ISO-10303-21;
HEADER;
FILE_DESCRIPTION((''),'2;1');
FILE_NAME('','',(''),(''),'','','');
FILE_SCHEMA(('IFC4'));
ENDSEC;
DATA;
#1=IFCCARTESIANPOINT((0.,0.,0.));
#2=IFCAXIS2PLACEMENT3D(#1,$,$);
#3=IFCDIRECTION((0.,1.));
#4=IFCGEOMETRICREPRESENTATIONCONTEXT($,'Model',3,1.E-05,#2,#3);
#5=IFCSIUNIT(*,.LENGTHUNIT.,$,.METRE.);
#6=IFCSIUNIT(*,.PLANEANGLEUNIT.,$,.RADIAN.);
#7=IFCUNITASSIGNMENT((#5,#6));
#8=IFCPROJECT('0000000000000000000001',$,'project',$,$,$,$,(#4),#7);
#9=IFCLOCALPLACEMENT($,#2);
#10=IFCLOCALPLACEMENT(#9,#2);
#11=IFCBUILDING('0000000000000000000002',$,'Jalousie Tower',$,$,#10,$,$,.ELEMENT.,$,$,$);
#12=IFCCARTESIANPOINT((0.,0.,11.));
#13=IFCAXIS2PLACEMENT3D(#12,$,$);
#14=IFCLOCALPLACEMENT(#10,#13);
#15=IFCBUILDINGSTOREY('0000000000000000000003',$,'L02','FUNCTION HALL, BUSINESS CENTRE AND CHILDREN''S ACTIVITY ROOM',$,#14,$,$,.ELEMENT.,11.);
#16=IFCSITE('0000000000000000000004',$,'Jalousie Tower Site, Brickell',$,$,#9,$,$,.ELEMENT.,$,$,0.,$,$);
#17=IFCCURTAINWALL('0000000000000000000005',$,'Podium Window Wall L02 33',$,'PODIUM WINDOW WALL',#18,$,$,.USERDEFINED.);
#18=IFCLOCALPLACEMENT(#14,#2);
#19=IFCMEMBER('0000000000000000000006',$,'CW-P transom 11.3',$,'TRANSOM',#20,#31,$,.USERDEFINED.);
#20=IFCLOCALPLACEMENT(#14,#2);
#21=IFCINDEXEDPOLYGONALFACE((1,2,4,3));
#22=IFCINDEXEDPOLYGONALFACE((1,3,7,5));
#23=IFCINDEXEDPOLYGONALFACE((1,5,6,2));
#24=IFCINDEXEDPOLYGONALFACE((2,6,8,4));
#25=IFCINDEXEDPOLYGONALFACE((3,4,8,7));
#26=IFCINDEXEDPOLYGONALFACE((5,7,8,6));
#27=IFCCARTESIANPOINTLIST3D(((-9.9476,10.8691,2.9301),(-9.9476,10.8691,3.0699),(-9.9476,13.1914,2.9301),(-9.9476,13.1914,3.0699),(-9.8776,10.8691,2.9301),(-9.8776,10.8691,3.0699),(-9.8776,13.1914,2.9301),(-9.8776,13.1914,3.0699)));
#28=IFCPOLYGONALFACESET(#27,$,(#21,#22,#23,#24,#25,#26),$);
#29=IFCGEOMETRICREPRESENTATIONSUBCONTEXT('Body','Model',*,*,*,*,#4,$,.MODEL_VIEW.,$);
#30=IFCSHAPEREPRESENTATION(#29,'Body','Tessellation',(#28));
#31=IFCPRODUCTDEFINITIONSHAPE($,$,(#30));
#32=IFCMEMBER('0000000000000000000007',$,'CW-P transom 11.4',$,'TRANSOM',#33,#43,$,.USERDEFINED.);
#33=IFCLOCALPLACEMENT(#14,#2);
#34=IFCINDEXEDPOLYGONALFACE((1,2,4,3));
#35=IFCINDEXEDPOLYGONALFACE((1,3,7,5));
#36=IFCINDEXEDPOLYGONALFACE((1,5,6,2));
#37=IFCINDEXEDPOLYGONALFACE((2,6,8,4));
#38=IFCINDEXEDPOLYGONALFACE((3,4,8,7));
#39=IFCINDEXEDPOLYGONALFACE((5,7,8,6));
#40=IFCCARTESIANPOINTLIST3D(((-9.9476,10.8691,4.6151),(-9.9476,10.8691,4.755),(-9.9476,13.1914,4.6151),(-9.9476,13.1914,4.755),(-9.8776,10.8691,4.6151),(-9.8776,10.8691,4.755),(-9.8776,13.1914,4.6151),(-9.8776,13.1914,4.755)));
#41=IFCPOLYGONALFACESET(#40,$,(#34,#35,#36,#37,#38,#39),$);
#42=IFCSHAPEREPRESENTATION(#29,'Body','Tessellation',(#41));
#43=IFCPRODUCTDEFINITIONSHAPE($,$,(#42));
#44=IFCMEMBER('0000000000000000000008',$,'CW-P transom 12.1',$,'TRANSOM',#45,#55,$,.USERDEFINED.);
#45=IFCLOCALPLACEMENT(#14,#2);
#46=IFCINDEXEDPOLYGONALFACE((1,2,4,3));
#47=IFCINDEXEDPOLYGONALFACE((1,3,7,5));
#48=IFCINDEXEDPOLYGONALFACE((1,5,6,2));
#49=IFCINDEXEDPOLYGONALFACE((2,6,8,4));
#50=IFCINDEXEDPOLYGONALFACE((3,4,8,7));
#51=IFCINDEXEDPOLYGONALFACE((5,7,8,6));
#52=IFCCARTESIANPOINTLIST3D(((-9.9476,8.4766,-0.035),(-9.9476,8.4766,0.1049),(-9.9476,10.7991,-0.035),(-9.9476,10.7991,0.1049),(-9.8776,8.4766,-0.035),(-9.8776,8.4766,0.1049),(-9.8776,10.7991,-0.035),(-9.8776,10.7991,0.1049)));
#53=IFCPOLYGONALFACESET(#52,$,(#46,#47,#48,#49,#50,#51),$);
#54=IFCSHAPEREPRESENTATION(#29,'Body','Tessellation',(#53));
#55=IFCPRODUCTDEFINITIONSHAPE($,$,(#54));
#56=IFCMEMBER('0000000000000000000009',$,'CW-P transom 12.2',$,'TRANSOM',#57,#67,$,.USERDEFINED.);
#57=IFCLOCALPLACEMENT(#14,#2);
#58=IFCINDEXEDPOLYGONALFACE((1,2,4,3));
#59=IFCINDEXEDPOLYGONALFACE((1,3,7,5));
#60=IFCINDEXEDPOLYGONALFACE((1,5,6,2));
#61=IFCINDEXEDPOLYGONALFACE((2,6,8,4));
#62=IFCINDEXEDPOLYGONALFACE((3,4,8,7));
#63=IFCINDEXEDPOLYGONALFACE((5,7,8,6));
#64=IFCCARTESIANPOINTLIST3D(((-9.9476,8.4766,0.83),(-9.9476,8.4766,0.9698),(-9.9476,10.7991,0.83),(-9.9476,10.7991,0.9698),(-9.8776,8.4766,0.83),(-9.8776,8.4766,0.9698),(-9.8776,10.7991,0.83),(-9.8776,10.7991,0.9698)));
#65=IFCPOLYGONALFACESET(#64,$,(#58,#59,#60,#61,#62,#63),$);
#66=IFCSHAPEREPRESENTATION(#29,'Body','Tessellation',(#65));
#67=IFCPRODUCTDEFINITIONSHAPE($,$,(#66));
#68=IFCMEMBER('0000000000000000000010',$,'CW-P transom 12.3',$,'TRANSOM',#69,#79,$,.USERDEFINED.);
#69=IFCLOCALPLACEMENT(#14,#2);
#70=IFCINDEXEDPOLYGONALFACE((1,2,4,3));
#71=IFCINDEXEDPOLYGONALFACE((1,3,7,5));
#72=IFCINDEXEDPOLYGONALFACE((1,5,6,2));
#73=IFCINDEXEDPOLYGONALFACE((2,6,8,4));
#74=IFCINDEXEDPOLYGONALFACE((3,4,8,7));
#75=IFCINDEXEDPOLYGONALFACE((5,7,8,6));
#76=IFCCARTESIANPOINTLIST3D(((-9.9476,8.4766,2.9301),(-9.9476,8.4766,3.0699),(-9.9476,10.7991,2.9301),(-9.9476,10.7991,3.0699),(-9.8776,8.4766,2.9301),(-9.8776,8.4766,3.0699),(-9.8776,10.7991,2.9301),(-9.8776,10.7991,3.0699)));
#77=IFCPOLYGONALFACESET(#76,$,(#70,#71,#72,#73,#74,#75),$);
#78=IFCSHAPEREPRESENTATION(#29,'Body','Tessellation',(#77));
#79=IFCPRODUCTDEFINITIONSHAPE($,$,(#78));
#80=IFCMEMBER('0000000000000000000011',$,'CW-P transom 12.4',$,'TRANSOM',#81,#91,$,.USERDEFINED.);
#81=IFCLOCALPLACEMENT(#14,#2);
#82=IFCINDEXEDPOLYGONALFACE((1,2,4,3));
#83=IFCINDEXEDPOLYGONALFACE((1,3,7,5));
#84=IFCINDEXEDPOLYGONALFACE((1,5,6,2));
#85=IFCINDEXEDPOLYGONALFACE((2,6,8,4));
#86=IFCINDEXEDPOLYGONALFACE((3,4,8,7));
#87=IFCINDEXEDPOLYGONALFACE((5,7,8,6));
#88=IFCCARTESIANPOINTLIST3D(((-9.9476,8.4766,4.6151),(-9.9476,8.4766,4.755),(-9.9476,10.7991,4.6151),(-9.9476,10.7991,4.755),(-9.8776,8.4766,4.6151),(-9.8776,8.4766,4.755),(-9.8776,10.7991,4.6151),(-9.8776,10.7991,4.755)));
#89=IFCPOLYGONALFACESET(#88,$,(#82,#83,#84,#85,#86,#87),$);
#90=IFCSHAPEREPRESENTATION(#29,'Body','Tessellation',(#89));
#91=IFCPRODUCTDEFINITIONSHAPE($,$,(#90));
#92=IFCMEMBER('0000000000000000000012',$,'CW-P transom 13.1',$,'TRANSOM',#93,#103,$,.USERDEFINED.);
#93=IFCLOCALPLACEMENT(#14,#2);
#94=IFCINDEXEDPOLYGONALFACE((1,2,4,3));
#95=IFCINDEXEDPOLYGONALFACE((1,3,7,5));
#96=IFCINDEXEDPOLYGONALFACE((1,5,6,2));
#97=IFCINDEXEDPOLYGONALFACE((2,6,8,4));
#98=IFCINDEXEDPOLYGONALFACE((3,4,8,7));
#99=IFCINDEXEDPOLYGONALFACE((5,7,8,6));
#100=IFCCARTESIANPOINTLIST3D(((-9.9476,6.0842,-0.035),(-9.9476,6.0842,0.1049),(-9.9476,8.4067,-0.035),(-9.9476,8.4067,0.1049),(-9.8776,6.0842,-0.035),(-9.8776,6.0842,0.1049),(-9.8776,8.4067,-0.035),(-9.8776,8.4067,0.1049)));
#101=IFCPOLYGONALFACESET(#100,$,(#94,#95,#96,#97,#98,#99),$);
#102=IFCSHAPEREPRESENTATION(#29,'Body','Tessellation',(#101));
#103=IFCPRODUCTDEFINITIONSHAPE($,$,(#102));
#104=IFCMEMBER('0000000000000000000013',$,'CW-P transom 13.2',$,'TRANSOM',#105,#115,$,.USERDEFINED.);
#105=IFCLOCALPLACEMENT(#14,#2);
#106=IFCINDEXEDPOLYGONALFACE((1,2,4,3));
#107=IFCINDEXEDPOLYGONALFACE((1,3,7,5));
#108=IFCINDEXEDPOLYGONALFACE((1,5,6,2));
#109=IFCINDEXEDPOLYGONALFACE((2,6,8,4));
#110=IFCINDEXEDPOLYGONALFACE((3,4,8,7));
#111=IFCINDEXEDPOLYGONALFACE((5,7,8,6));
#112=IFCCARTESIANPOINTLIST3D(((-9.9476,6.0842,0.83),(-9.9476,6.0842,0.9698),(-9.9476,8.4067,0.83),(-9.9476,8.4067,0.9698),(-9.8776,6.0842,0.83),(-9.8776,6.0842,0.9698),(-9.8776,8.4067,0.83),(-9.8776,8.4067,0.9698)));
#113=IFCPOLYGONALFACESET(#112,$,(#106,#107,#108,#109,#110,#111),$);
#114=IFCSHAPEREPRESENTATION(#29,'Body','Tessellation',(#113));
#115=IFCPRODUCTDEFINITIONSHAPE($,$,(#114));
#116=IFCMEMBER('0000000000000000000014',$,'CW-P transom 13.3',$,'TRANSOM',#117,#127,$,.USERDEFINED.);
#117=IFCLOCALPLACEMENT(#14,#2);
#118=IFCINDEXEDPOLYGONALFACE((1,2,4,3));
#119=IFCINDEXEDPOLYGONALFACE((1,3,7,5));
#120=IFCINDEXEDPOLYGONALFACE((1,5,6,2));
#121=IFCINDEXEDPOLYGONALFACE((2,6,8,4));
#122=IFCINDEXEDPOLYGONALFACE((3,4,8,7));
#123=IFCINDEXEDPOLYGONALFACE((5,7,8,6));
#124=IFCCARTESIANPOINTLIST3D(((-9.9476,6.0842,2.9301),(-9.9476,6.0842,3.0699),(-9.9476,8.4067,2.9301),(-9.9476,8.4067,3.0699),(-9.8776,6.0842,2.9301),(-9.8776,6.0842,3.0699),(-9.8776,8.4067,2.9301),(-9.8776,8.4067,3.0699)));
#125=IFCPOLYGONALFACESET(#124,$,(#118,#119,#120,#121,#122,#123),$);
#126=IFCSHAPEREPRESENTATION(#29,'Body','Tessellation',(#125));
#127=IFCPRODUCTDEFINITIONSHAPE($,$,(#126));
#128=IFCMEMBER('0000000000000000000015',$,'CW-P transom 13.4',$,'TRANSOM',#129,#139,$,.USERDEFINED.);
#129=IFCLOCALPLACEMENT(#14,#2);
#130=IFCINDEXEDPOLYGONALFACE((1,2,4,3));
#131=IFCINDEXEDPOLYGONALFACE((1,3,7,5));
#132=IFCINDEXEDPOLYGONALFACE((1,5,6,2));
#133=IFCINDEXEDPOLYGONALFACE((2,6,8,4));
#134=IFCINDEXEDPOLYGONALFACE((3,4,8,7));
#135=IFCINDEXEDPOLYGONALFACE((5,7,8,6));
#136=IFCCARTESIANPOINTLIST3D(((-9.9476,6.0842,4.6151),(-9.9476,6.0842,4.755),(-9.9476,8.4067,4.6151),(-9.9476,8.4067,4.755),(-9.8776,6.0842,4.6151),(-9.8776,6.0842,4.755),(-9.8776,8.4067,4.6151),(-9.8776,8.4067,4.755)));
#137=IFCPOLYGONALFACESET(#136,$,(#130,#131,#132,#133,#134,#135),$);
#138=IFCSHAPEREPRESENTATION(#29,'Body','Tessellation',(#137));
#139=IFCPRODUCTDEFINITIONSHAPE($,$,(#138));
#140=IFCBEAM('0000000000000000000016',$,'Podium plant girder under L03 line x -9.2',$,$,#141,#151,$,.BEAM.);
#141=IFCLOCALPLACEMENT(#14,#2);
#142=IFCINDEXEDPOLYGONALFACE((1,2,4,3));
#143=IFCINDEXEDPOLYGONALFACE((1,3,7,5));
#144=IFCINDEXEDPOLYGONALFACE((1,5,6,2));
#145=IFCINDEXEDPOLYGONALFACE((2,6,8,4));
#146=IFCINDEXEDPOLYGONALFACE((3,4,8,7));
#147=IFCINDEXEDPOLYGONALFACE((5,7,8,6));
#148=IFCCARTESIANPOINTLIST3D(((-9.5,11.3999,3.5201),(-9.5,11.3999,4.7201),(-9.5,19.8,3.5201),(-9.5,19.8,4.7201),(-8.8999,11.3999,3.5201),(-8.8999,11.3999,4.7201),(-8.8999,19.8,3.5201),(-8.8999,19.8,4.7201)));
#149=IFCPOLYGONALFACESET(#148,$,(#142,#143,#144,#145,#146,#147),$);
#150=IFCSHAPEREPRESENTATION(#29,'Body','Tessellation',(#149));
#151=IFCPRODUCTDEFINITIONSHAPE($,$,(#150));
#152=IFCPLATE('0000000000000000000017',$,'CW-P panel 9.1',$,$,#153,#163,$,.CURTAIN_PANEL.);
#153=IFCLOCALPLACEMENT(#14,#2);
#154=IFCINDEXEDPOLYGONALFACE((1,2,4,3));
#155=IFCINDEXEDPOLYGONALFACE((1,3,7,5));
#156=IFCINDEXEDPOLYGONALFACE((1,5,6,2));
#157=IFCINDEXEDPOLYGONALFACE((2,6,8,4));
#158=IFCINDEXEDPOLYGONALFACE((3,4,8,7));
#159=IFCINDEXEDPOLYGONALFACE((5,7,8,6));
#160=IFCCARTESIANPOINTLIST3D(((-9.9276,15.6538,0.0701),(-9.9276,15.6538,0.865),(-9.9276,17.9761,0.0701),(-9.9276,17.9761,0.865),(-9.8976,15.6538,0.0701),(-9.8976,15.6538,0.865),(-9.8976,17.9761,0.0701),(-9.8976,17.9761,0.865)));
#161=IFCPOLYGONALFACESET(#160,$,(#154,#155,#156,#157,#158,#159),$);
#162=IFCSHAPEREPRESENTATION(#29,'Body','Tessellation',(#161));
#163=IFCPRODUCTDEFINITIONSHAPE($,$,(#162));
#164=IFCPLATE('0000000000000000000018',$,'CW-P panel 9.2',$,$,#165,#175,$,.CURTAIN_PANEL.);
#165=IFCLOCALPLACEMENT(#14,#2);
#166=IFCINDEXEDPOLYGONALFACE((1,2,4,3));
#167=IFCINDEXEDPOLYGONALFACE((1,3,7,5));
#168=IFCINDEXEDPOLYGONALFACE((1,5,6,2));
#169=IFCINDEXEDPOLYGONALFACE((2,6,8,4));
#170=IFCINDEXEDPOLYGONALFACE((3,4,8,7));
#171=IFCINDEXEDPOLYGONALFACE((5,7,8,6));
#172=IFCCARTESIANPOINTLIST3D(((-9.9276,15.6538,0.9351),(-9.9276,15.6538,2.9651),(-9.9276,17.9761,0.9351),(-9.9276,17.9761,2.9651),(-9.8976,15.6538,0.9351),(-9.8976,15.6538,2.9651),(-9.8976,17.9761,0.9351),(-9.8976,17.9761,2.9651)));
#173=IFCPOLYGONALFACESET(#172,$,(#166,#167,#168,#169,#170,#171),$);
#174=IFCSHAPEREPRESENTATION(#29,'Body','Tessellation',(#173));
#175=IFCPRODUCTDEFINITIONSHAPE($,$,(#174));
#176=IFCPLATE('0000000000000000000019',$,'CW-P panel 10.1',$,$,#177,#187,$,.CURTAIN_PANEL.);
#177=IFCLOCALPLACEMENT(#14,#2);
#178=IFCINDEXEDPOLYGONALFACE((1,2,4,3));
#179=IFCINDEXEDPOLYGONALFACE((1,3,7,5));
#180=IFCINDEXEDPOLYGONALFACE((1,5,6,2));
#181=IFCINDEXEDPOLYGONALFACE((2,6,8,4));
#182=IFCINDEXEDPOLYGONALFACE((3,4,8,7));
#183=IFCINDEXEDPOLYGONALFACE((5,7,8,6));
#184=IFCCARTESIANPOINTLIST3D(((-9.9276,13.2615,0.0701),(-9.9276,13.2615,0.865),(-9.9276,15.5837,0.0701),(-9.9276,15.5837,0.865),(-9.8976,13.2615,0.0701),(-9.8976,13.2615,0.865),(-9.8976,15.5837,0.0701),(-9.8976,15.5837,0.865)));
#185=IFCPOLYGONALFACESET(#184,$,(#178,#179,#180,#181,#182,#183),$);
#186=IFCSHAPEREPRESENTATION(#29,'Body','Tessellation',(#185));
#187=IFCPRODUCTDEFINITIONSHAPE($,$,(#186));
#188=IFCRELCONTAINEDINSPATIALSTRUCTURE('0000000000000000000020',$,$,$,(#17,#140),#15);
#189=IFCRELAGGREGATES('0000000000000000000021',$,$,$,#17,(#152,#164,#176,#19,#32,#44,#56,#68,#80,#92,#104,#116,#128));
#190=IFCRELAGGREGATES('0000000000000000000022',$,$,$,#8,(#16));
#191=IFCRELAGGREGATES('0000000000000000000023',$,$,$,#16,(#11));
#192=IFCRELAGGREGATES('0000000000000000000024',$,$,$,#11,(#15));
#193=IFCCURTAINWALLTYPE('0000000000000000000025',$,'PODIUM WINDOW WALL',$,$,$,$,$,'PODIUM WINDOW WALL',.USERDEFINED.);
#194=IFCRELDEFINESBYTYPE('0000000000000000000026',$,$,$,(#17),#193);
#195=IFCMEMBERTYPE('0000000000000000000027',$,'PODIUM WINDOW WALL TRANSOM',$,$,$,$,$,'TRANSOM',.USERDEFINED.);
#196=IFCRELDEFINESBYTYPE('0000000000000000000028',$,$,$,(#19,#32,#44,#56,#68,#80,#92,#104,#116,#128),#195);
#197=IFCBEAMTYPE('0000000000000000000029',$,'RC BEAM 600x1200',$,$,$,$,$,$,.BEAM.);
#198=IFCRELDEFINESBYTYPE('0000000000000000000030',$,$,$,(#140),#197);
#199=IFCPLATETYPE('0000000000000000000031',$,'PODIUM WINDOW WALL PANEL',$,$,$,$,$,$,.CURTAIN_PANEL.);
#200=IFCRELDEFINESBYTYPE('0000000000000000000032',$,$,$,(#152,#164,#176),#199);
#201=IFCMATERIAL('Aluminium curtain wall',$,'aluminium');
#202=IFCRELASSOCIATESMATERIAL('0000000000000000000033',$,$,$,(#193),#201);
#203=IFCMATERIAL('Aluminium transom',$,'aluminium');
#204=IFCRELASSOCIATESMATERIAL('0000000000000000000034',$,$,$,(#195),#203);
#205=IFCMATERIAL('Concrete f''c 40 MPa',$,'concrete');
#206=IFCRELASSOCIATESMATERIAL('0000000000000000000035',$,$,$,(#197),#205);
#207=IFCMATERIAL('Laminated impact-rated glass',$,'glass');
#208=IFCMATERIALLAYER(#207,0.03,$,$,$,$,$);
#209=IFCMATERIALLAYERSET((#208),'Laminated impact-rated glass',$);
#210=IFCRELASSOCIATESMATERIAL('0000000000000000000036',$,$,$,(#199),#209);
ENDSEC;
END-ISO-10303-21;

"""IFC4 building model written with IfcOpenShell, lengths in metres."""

from ifc_helpers import new_model, si_unit, direction, frame, origin, origin_2d, place, context, subcontext, project, spatial, rectangle, extrude, material, layer, layer_set, material_profile, profile_set, type_object, element, aggregate, save


model = new_model("IFC4")

# Units and contexts
model_context = context("Model", 3, precision=1e-05, world=origin(), true_north=direction((0.0, 1.0)))
body_context = subcontext(model_context, "Body", "Model", "MODEL_VIEW")
ifc_project = project(units=[si_unit("LENGTHUNIT", "METRE"), si_unit("PLANEANGLEUNIT", "RADIAN")], contexts=[model_context])

# Site, building, storey
site_placement = place(None, origin())
site = spatial("IfcSite", under=ifc_project, at=site_placement, Name="Jalousie Tower Site, Brickell", CompositionType="ELEMENT", RefElevation=0.0)
building_placement = place(site_placement, origin())
building = spatial("IfcBuilding", under=site, at=building_placement, Name="Jalousie Tower", CompositionType="ELEMENT")
storey_placement = place(building_placement, frame((0.0, 0.0, 11.0)))
storey = spatial("IfcBuildingStorey", under=building, at=storey_placement, Name="L02", Description="FUNCTION HALL, BUSINESS CENTRE AND CHILDREN'S ACTIVITY ROOM", CompositionType="ELEMENT", Elevation=11.0)

# Curtain wall, members
ifc_material_1 = material(Name="Aluminium curtain wall", Category="aluminium")
curtain_wall_type = type_object("IfcCurtainWallType", Name="PODIUM WINDOW WALL", ElementType="PODIUM WINDOW WALL", PredefinedType="USERDEFINED", material=ifc_material_1)
curtain_wall_placement = place(storey_placement, origin())
curtain_wall = element("IfcCurtainWall", 1, at=curtain_wall_placement, inside=storey, type_object=curtain_wall_type, Name="Podium Window Wall L02 33", ObjectType="PODIUM WINDOW WALL", PredefinedType="USERDEFINED")
ifc_material_2 = material(Name="Aluminium transom", Category="aluminium")
ifc_material_profile_1 = material_profile(ifc_material_2, rectangle(XDim=0.0701, YDim=0.1399, at=origin_2d()), Name="TRANSOM 70x140")
ifc_profile_set_1 = profile_set([ifc_material_profile_1], Name="Aluminium transom")
member_type_1 = type_object("IfcMemberType", Name="PODIUM WINDOW WALL TRANSOM", ElementType="TRANSOM", PredefinedType="USERDEFINED", material=ifc_profile_set_1)
member_1_placement = place(storey_placement, frame((-9.9126, 13.1914, 3.0), z_axis=(0.0, -1.0, 0.0), x_axis=(1.0, 0.0, 0.0)))
member_1 = element("IfcMember", 2, at=member_1_placement, type_object=member_type_1, Name="CW-P transom 11.3", ObjectType="TRANSOM", PredefinedType="USERDEFINED", context=body_context, shape_type="SweptSolid", body=[
    extrude(rectangle(XDim=0.0701, YDim=0.1399, at=origin_2d()), origin(), (0.0, 0.0, 1.0), 2.3223),
])
member_2_placement = place(storey_placement, frame((-9.9126, 13.1914, 4.6851), z_axis=(0.0, -1.0, 0.0), x_axis=(1.0, 0.0, 0.0)))
member_2 = element("IfcMember", 3, at=member_2_placement, type_object=member_type_1, Name="CW-P transom 11.4", ObjectType="TRANSOM", PredefinedType="USERDEFINED", context=body_context, shape_type="SweptSolid", body=[
    extrude(rectangle(XDim=0.0701, YDim=0.1399, at=origin_2d()), origin(), (0.0, 0.0, 1.0), 2.3223),
])
member_3_placement = place(storey_placement, frame((-9.9126, 10.7991, 0.0349), z_axis=(0.0, -1.0, 0.0), x_axis=(1.0, 0.0, 0.0)))
member_3 = element("IfcMember", 4, at=member_3_placement, type_object=member_type_1, Name="CW-P transom 12.1", ObjectType="TRANSOM", PredefinedType="USERDEFINED", context=body_context, shape_type="SweptSolid", body=[
    extrude(rectangle(XDim=0.0701, YDim=0.1399, at=origin_2d()), origin(), (0.0, 0.0, 1.0), 2.3225),
])
member_4_placement = place(storey_placement, frame((-9.9126, 10.7991, 0.8999), z_axis=(0.0, -1.0, 0.0), x_axis=(1.0, 0.0, 0.0)))
member_4 = element("IfcMember", 5, at=member_4_placement, type_object=member_type_1, Name="CW-P transom 12.2", ObjectType="TRANSOM", PredefinedType="USERDEFINED", context=body_context, shape_type="SweptSolid", body=[
    extrude(rectangle(XDim=0.0701, YDim=0.1399, at=origin_2d()), origin(), (0.0, 0.0, 1.0), 2.3225),
])
member_5_placement = place(storey_placement, frame((-9.9126, 10.7991, 3.0), z_axis=(0.0, -1.0, 0.0), x_axis=(1.0, 0.0, 0.0)))
member_5 = element("IfcMember", 6, at=member_5_placement, type_object=member_type_1, Name="CW-P transom 12.3", ObjectType="TRANSOM", PredefinedType="USERDEFINED", context=body_context, shape_type="SweptSolid", body=[
    extrude(rectangle(XDim=0.0701, YDim=0.1399, at=origin_2d()), origin(), (0.0, 0.0, 1.0), 2.3225),
])
member_6_placement = place(storey_placement, frame((-9.9126, 10.7991, 4.6851), z_axis=(0.0, -1.0, 0.0), x_axis=(1.0, 0.0, 0.0)))
member_6 = element("IfcMember", 7, at=member_6_placement, type_object=member_type_1, Name="CW-P transom 12.4", ObjectType="TRANSOM", PredefinedType="USERDEFINED", context=body_context, shape_type="SweptSolid", body=[
    extrude(rectangle(XDim=0.0701, YDim=0.1399, at=origin_2d()), origin(), (0.0, 0.0, 1.0), 2.3225),
])
member_7_placement = place(storey_placement, frame((-9.9126, 8.4067, 0.0349), z_axis=(0.0, -1.0, 0.0), x_axis=(1.0, 0.0, 0.0)))
member_7 = element("IfcMember", 8, at=member_7_placement, type_object=member_type_1, Name="CW-P transom 13.1", ObjectType="TRANSOM", PredefinedType="USERDEFINED", context=body_context, shape_type="SweptSolid", body=[
    extrude(rectangle(XDim=0.0701, YDim=0.1399, at=origin_2d()), origin(), (0.0, 0.0, 1.0), 2.3225),
])
member_8_placement = place(storey_placement, frame((-9.9126, 8.4067, 0.8999), z_axis=(0.0, -1.0, 0.0), x_axis=(1.0, 0.0, 0.0)))
member_8 = element("IfcMember", 9, at=member_8_placement, type_object=member_type_1, Name="CW-P transom 13.2", ObjectType="TRANSOM", PredefinedType="USERDEFINED", context=body_context, shape_type="SweptSolid", body=[
    extrude(rectangle(XDim=0.0701, YDim=0.1399, at=origin_2d()), origin(), (0.0, 0.0, 1.0), 2.3225),
])
member_9_placement = place(storey_placement, frame((-9.9126, 8.4067, 3.0), z_axis=(0.0, -1.0, 0.0), x_axis=(1.0, 0.0, 0.0)))
member_9 = element("IfcMember", 10, at=member_9_placement, type_object=member_type_1, Name="CW-P transom 13.3", ObjectType="TRANSOM", PredefinedType="USERDEFINED", context=body_context, shape_type="SweptSolid", body=[
    extrude(rectangle(XDim=0.0701, YDim=0.1399, at=origin_2d()), origin(), (0.0, 0.0, 1.0), 2.3225),
])
member_10_placement = place(storey_placement, frame((-9.9126, 8.4067, 4.6851), z_axis=(0.0, -1.0, 0.0), x_axis=(1.0, 0.0, 0.0)))
member_10 = element("IfcMember", 11, at=member_10_placement, type_object=member_type_1, Name="CW-P transom 13.4", ObjectType="TRANSOM", PredefinedType="USERDEFINED", context=body_context, shape_type="SweptSolid", body=[
    extrude(rectangle(XDim=0.0701, YDim=0.1399, at=origin_2d()), origin(), (0.0, 0.0, 1.0), 2.3225),
])

# Beam
ifc_material_3 = material(Name="Concrete f'c 40 MPa", Category="concrete")
ifc_material_profile_2 = material_profile(ifc_material_3, rectangle(XDim=0.6001, YDim=1.2, at=origin_2d()), Name="RC 600x1200")
ifc_profile_set_2 = profile_set([ifc_material_profile_2], Name="Concrete f'c 40 MPa")
beam_type_1 = type_object("IfcBeamType", Name="RC BEAM 600x1200", PredefinedType="BEAM", material=ifc_profile_set_2)
beam_1_placement = place(storey_placement, frame((-9.2, 11.3999, 4.1201), z_axis=(0.0, 1.0, 0.0), x_axis=(-1.0, 0.0, 0.0)))
element("IfcBeam", 12, at=beam_1_placement, inside=storey, type_object=beam_type_1, Name="Podium plant girder under L03 line x -9.2", PredefinedType="BEAM", context=body_context, shape_type="SweptSolid", body=[
    extrude(rectangle(XDim=0.6001, YDim=1.2, at=origin_2d()), origin(), (0.0, 0.0, 1.0), 8.4001),
])

# Plates
ifc_material_4 = material(Name="Laminated impact-rated glass", Category="glass")
ifc_layer = layer(ifc_material_4, 0.03)
ifc_layer_set = layer_set([ifc_layer], Name="Laminated impact-rated glass")
plate_type = type_object("IfcPlateType", Name="PODIUM WINDOW WALL PANEL", PredefinedType="CURTAIN_PANEL", material=ifc_layer_set)
plate_1_placement = place(storey_placement, frame((-9.9126, 16.8149, 0.0701), z_axis=(0.0, 0.0, 1.0), x_axis=(0.0, -1.0, 0.0)))
plate_1 = element("IfcPlate", 13, at=plate_1_placement, type_object=plate_type, Name="CW-P panel 9.1", PredefinedType="CURTAIN_PANEL", context=body_context, shape_type="SweptSolid", body=[
    extrude(rectangle(XDim=2.3223, YDim=0.03, at=origin_2d()), origin(), (0.0, 0.0, 1.0), 0.7949),
])
plate_2_placement = place(storey_placement, frame((-9.9126, 16.8149, 0.9351), z_axis=(0.0, 0.0, 1.0), x_axis=(0.0, -1.0, 0.0)))
plate_2 = element("IfcPlate", 14, at=plate_2_placement, type_object=plate_type, Name="CW-P panel 9.2", PredefinedType="CURTAIN_PANEL", context=body_context, shape_type="SweptSolid", body=[
    extrude(rectangle(XDim=2.3223, YDim=0.03, at=origin_2d()), origin(), (0.0, 0.0, 1.0), 2.03),
])
plate_3_placement = place(storey_placement, frame((-9.9126, 14.4226, 0.0701), z_axis=(0.0, 0.0, 1.0), x_axis=(0.0, -1.0, 0.0)))
plate_3 = element("IfcPlate", 15, at=plate_3_placement, type_object=plate_type, Name="CW-P panel 10.1", PredefinedType="CURTAIN_PANEL", context=body_context, shape_type="SweptSolid", body=[
    extrude(rectangle(XDim=2.3223, YDim=0.03, at=origin_2d()), origin(), (0.0, 0.0, 1.0), 0.7949),
])
aggregate(curtain_wall, [plate_1, plate_2, plate_3, member_1, member_2, member_3, member_4, member_5, member_6, member_7, member_8, member_9, member_10])

save(model, "model.ifc")
